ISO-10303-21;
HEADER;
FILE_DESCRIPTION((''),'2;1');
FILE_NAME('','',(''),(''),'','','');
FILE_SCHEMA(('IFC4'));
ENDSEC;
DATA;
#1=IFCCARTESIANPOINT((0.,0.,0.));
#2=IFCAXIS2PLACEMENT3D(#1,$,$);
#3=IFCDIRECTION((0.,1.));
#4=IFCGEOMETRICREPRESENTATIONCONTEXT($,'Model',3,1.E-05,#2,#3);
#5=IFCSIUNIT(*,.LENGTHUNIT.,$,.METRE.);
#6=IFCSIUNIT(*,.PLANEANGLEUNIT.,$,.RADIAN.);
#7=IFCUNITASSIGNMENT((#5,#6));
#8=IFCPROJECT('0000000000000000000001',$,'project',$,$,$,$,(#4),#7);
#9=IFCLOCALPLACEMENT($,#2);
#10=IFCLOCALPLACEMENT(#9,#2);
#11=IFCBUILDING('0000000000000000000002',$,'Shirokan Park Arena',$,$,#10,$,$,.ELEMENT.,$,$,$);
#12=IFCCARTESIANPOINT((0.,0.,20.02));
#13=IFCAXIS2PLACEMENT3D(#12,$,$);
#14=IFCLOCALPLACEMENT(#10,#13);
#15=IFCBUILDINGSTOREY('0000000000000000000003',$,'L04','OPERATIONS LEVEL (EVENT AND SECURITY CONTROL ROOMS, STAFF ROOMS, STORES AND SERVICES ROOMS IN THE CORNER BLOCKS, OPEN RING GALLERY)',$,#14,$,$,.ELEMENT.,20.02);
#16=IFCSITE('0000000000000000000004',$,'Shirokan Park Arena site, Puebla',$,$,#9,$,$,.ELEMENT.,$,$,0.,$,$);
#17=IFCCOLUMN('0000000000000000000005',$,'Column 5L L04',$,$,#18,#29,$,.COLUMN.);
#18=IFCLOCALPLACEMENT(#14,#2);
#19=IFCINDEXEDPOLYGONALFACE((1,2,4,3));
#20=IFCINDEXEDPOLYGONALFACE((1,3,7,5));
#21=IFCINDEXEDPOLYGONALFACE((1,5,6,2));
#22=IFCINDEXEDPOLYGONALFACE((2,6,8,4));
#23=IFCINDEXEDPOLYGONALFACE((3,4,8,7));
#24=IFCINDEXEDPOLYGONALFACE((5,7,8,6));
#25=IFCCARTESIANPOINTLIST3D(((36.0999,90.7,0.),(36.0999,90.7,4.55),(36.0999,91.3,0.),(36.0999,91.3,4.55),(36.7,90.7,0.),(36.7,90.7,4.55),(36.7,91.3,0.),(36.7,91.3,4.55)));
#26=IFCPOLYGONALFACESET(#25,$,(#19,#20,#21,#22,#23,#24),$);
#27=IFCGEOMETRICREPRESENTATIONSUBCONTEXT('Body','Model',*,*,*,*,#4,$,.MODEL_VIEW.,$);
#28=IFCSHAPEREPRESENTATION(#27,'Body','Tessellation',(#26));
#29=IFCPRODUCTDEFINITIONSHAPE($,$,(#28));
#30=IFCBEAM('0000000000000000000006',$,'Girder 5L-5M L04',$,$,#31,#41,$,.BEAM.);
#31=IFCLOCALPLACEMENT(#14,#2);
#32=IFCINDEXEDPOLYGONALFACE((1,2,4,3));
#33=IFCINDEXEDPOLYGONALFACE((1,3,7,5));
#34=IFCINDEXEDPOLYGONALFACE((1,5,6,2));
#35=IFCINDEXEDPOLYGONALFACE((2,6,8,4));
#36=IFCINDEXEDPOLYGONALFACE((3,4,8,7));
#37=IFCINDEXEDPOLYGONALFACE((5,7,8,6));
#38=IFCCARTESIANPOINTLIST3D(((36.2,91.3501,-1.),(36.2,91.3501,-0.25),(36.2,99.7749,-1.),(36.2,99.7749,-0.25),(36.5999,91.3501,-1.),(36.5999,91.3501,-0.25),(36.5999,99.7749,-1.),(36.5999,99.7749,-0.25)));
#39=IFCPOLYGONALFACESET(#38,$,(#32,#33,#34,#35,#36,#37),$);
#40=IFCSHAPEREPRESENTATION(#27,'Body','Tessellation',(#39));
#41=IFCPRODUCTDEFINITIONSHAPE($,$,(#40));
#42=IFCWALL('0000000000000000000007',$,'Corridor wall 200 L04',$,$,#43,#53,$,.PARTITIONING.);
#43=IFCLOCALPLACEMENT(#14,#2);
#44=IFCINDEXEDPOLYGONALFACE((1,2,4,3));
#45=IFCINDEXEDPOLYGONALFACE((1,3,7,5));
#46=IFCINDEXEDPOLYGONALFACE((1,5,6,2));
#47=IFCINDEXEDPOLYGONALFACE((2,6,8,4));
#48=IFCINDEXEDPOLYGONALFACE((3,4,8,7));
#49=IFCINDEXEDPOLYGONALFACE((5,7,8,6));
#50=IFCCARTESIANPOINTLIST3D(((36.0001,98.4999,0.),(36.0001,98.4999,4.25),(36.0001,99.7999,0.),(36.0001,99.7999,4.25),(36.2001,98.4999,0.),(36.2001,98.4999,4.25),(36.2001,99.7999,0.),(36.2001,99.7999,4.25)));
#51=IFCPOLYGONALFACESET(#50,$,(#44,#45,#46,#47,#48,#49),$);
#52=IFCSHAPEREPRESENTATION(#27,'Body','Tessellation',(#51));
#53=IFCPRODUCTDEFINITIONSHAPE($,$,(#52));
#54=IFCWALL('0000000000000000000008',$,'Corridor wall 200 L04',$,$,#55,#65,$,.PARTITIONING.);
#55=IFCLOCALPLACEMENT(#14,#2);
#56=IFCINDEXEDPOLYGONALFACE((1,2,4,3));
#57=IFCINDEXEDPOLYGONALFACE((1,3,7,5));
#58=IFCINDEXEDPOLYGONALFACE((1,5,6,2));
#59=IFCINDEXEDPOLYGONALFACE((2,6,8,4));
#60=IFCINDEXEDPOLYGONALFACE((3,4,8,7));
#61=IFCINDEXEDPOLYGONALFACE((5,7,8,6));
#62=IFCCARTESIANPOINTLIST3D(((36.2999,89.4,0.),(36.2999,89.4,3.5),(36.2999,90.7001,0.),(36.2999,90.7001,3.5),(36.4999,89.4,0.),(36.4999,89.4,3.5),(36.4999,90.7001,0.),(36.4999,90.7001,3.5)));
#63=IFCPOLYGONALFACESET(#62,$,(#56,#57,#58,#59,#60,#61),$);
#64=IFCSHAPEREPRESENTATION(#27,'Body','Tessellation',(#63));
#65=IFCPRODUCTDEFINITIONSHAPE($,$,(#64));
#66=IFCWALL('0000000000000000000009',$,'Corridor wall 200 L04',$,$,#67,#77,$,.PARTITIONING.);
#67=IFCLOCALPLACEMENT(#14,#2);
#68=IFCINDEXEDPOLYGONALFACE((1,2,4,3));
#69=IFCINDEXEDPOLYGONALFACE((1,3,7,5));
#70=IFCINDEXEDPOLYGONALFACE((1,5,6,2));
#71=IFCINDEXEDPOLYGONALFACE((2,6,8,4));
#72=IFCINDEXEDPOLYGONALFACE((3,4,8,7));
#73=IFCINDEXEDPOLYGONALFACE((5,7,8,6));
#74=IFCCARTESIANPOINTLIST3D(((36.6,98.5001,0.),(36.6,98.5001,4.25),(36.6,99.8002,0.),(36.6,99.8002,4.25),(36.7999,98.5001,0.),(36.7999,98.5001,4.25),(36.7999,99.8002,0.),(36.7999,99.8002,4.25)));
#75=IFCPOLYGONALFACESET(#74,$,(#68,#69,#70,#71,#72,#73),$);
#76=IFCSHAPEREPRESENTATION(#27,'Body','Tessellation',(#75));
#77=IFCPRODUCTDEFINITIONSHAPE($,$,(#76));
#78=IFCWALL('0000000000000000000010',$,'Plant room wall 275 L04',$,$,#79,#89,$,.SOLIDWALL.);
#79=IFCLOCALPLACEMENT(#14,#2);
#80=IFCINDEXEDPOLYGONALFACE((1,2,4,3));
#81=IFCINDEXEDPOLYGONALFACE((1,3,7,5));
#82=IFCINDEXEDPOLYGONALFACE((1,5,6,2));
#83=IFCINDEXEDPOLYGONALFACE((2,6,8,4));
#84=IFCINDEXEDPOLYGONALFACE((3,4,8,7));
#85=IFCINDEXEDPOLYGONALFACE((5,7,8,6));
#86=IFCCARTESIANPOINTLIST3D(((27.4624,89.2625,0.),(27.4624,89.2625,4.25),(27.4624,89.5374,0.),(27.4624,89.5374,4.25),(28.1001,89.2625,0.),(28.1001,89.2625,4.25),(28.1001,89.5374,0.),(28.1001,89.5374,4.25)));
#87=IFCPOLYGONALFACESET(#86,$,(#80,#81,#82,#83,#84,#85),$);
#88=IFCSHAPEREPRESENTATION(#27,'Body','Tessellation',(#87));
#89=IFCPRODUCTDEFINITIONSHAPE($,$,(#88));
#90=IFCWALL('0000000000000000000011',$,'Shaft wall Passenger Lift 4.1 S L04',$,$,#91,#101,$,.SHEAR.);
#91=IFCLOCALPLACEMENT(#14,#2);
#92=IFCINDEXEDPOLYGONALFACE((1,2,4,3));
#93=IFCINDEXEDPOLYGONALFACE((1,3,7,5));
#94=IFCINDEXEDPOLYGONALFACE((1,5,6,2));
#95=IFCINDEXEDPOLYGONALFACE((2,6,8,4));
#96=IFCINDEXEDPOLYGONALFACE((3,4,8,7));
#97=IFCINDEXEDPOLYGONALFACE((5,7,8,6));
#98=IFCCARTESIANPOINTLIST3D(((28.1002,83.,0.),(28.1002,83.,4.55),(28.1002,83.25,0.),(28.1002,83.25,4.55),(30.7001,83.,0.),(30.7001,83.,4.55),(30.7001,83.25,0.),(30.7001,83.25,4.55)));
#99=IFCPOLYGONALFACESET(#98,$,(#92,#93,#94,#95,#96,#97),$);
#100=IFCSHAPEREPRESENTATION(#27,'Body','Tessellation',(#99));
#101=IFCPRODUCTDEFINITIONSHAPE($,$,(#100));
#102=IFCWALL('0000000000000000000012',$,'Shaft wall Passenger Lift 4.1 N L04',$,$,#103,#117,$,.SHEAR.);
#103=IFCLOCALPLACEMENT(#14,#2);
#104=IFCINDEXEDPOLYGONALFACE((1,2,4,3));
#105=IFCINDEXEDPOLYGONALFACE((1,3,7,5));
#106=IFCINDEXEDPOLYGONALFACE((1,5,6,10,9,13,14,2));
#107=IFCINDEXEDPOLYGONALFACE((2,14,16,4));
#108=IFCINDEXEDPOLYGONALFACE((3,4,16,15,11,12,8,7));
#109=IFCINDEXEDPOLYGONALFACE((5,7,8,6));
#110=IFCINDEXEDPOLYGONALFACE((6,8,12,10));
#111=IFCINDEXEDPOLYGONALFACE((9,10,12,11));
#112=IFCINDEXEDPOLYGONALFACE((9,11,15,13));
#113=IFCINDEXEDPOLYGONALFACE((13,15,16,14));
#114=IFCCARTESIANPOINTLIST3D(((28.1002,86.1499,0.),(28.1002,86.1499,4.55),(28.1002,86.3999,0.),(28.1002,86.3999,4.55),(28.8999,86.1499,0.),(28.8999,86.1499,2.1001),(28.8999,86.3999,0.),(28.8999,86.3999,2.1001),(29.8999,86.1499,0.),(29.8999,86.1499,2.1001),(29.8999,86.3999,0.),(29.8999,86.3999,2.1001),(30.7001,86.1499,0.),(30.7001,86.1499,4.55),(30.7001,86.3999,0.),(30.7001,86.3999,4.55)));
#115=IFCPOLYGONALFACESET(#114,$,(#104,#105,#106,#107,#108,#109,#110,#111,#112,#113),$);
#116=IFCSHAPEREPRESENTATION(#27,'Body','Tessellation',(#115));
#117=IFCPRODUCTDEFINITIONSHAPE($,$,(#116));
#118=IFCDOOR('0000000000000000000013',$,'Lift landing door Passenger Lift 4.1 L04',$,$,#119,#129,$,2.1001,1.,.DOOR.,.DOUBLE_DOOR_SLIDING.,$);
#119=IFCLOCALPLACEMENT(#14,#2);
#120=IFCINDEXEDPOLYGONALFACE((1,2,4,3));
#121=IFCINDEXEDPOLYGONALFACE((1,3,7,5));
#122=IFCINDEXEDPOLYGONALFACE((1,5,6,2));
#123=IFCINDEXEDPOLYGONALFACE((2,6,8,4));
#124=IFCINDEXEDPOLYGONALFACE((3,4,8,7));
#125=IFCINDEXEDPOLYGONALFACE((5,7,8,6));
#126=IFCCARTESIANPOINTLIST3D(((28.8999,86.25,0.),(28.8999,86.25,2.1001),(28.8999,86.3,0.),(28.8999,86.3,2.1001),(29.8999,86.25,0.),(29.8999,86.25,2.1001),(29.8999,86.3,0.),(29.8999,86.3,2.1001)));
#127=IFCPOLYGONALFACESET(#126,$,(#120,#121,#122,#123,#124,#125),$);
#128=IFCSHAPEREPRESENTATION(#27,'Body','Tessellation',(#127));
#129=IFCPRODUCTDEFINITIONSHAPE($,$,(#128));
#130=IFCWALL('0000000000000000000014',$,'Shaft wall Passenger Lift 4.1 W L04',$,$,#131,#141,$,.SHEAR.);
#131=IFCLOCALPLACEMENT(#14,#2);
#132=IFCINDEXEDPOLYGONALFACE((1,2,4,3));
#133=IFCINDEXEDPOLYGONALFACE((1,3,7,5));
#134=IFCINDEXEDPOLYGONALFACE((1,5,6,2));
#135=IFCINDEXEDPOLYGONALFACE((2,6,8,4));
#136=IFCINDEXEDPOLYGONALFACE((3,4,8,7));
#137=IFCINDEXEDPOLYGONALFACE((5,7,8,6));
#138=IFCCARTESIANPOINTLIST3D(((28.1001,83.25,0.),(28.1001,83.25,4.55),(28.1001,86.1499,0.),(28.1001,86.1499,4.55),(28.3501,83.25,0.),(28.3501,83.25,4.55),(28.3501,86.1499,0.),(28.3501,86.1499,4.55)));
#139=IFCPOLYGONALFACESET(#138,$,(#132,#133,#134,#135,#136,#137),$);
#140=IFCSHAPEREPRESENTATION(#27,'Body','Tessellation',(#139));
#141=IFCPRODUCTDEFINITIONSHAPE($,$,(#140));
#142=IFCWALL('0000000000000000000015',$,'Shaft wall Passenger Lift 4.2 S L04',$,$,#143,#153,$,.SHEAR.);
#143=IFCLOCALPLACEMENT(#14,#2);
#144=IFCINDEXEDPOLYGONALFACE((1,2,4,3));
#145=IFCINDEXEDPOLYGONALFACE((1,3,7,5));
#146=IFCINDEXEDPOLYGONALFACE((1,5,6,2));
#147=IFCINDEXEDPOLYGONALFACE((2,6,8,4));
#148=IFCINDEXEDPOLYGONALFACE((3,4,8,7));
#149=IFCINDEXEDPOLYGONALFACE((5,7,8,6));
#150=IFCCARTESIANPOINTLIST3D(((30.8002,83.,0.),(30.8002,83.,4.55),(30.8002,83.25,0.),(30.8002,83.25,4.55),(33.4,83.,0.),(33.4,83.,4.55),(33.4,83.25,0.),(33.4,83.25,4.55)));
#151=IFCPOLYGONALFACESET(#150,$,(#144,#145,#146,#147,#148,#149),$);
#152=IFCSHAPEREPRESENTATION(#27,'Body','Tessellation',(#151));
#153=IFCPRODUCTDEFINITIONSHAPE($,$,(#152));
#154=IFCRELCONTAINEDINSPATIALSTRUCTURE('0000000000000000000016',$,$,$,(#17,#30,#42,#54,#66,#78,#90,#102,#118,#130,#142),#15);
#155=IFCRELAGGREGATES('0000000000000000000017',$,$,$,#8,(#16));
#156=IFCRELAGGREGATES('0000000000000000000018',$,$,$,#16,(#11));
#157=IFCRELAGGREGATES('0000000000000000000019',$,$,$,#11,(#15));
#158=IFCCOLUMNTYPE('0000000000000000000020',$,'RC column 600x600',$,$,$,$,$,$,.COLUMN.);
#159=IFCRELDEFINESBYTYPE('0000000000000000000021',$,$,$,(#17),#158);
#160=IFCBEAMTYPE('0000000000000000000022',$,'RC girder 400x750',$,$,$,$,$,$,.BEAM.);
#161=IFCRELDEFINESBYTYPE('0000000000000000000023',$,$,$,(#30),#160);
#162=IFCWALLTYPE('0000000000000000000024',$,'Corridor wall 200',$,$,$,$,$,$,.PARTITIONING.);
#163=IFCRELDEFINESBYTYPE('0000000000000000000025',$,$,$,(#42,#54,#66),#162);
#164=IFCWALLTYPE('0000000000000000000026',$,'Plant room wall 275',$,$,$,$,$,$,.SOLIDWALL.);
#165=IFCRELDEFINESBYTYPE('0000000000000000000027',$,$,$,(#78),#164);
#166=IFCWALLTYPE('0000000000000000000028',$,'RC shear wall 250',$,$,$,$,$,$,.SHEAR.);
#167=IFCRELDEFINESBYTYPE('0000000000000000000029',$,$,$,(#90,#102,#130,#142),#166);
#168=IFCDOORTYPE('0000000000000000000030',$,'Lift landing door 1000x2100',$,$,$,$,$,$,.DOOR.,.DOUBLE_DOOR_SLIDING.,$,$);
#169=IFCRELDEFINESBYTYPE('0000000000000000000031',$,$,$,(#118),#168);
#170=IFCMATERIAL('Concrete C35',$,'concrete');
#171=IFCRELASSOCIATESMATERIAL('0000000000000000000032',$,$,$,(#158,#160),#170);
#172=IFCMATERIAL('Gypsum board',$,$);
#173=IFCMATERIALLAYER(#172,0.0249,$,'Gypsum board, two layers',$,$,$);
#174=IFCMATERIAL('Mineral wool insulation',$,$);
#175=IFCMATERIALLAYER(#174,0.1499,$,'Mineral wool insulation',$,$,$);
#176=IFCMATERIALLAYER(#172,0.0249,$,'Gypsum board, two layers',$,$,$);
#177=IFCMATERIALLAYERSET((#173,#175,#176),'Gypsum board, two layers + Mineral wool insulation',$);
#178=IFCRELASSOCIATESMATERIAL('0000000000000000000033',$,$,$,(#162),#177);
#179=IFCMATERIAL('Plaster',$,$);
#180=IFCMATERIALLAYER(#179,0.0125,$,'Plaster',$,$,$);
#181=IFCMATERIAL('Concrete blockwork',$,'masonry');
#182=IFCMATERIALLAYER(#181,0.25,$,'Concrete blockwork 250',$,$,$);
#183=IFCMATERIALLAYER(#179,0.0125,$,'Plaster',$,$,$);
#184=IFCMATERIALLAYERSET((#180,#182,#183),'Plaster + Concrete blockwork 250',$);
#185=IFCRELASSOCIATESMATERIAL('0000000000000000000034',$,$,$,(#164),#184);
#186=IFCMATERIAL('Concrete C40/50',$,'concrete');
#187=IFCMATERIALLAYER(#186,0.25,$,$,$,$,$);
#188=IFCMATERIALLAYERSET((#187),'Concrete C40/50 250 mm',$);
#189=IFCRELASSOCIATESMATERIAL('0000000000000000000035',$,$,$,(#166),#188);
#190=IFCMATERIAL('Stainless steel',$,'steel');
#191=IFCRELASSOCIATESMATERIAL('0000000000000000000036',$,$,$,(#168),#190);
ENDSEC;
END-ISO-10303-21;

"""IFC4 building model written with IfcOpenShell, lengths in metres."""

from ifc_helpers import new_model, si_unit, direction, frame, frame_2d, origin, origin_2d, place, context, subcontext, project, spatial, rectangle, extrude, material, layer, layer_set, material_profile, profile_set, type_object, element, fill, save


model = new_model("IFC4")

# Units and contexts
model_context = context("Model", 3, precision=1e-05, world=origin(), true_north=direction((0.0, 1.0)))
body_context = subcontext(model_context, "Body", "Model", "MODEL_VIEW")
ifc_project = project(units=[si_unit("LENGTHUNIT", "METRE"), si_unit("PLANEANGLEUNIT", "RADIAN")], contexts=[model_context])

# Site, building, storey
site_placement = place(None, origin())
site = spatial("IfcSite", under=ifc_project, at=site_placement, Name="Shirokan Park Arena site, Puebla", CompositionType="ELEMENT", RefElevation=0.0)
building_placement = place(site_placement, origin())
building = spatial("IfcBuilding", under=site, at=building_placement, Name="Shirokan Park Arena", CompositionType="ELEMENT")
storey_placement = place(building_placement, frame((0.0, 0.0, 20.02)))
storey = spatial("IfcBuildingStorey", under=building, at=storey_placement, Name="L04", Description="OPERATIONS LEVEL (EVENT AND SECURITY CONTROL ROOMS, STAFF ROOMS, STORES AND SERVICES ROOMS IN THE CORNER BLOCKS, OPEN RING GALLERY)", CompositionType="ELEMENT", Elevation=20.02)

# Column
ifc_material_1 = material(Name="Concrete C35", Category="concrete")
ifc_material_profile_1 = material_profile(ifc_material_1, rectangle(XDim=0.6001, YDim=0.6001, at=origin_2d()), Name="600x600")
ifc_profile_set_1 = profile_set([ifc_material_profile_1], Name="Concrete C35")
column_type = type_object("IfcColumnType", Name="RC column 600x600", PredefinedType="COLUMN", material=ifc_profile_set_1)
column_placement = place(storey_placement, frame((36.3999, 91.0, 0.0), z_axis=(0.0, 0.0, 1.0), x_axis=(1.0, 0.0, 0.0)))
element("IfcColumn", 1, at=column_placement, inside=storey, type_object=column_type, Name="Column 5L L04", PredefinedType="COLUMN", context=body_context, shape_type="SweptSolid", body=[
    extrude(rectangle(XDim=0.6001, YDim=0.6001, at=origin_2d()), origin(), (0.0, 0.0, 1.0), 4.55),
])

# Beam
ifc_material_profile_2 = material_profile(ifc_material_1, rectangle(XDim=0.3999, YDim=0.75, at=origin_2d()), Name="400x750")
ifc_profile_set_2 = profile_set([ifc_material_profile_2], Name="Concrete C35")
beam_type = type_object("IfcBeamType", Name="RC girder 400x750", PredefinedType="BEAM", material=ifc_profile_set_2)
beam_placement = place(storey_placement, frame((36.3999, 91.3501, -0.625), z_axis=(0.0, 1.0, 0.0), x_axis=(-1.0, 0.0, 0.0)))
element("IfcBeam", 2, at=beam_placement, inside=storey, type_object=beam_type, Name="Girder 5L-5M L04", PredefinedType="BEAM", context=body_context, shape_type="SweptSolid", body=[
    extrude(rectangle(XDim=0.3999, YDim=0.75, at=origin_2d()), origin(), (0.0, 0.0, 1.0), 8.4248),
])

# Shared definitions
ifc_material_2 = material(Name="Gypsum board")
ifc_layer_1 = layer(ifc_material_2, 0.0249, Name="Gypsum board, two layers")
ifc_material_3 = material(Name="Mineral wool insulation")
ifc_layer_2 = layer(ifc_material_3, 0.1499, Name="Mineral wool insulation")
ifc_layer_3 = layer(ifc_material_2, 0.0249, Name="Gypsum board, two layers")
ifc_layer_set_1 = layer_set([ifc_layer_1, ifc_layer_2, ifc_layer_3], Name="Gypsum board, two layers + Mineral wool insulation")
wall_type_1 = type_object("IfcWallType", Name="Corridor wall 200", PredefinedType="PARTITIONING", material=ifc_layer_set_1)

# Walls
wall_1_placement = place(storey_placement, frame((36.1001, 98.5, 0.0), z_axis=(0.0, 0.0, 1.0), x_axis=(0.0, 1.0, 0.0)))
element("IfcWall", 3, at=wall_1_placement, inside=storey, type_object=wall_type_1, Name="Corridor wall 200 L04", PredefinedType="PARTITIONING", context=body_context, shape_type="SweptSolid", body=[
    extrude(rectangle(XDim=1.3, YDim=0.2, at=frame_2d((0.6499, 0.0))), origin(), (0.0, 0.0, 1.0), 4.25),
])
wall_2_placement = place(storey_placement, frame((36.3999, 90.7, 0.0), z_axis=(0.0, 0.0, 1.0), x_axis=(0.0, -1.0, 0.0)))
element("IfcWall", 4, at=wall_2_placement, inside=storey, type_object=wall_type_1, Name="Corridor wall 200 L04", PredefinedType="PARTITIONING", context=body_context, shape_type="SweptSolid", body=[
    extrude(rectangle(XDim=1.3, YDim=0.2, at=frame_2d((0.6499, 0.0))), origin(), (0.0, 0.0, 1.0), 3.5),
])

# Walls
wall_3_placement = place(storey_placement, frame((36.7, 99.8, 0.0), z_axis=(0.0, 0.0, 1.0), x_axis=(0.0, -1.0, 0.0)))
element("IfcWall", 5, at=wall_3_placement, inside=storey, type_object=wall_type_1, Name="Corridor wall 200 L04", PredefinedType="PARTITIONING", context=body_context, shape_type="SweptSolid", body=[
    extrude(rectangle(XDim=1.3, YDim=0.2, at=frame_2d((0.6499, 0.0))), origin(), (0.0, 0.0, 1.0), 4.25),
])
ifc_material_4 = material(Name="Plaster")
ifc_layer_4 = layer(ifc_material_4, 0.0125, Name="Plaster")
ifc_material_5 = material(Name="Concrete blockwork", Category="masonry")
ifc_layer_5 = layer(ifc_material_5, 0.25, Name="Concrete blockwork 250")
ifc_layer_6 = layer(ifc_material_4, 0.0125, Name="Plaster")
ifc_layer_set_2 = layer_set([ifc_layer_4, ifc_layer_5, ifc_layer_6], Name="Plaster + Concrete blockwork 250")
wall_type_2 = type_object("IfcWallType", Name="Plant room wall 275", PredefinedType="SOLIDWALL", material=ifc_layer_set_2)
wall_4_placement = place(storey_placement, frame((28.1001, 89.3999, 0.0), z_axis=(0.0, 0.0, 1.0), x_axis=(-1.0, 0.0, 0.0)))
element("IfcWall", 6, at=wall_4_placement, inside=storey, type_object=wall_type_2, Name="Plant room wall 275 L04", PredefinedType="SOLIDWALL", context=body_context, shape_type="SweptSolid", body=[
    extrude(rectangle(XDim=0.6377, YDim=0.2749, at=frame_2d((0.3188, 0.0))), origin(), (0.0, 0.0, 1.0), 4.25),
])
ifc_material_6 = material(Name="Concrete C40/50", Category="concrete")
ifc_layer_7 = layer(ifc_material_6, 0.25)
ifc_layer_set_3 = layer_set([ifc_layer_7], Name="Concrete C40/50 250 mm")
wall_type_3 = type_object("IfcWallType", Name="RC shear wall 250", PredefinedType="SHEAR", material=ifc_layer_set_3)
wall_5_placement = place(storey_placement, frame((30.7, 83.125, 0.0), z_axis=(0.0, 0.0, 1.0), x_axis=(-1.0, 0.0, 0.0)))
element("IfcWall", 7, at=wall_5_placement, inside=storey, type_object=wall_type_3, Name="Shaft wall Passenger Lift 4.1 S L04", PredefinedType="SHEAR", context=body_context, shape_type="SweptSolid", body=[
    extrude(rectangle(XDim=2.5999, YDim=0.25, at=frame_2d((1.2998, 0.0))), origin(), (0.0, 0.0, 1.0), 4.55),
])

# Wall, opening, door
wall_6_placement = place(storey_placement, frame((30.7, 86.2749, 0.0), z_axis=(0.0, 0.0, 1.0), x_axis=(-1.0, 0.0, 0.0)))
wall_6 = element("IfcWall", 8, at=wall_6_placement, inside=storey, type_object=wall_type_3, Name="Shaft wall Passenger Lift 4.1 N L04", PredefinedType="SHEAR", context=body_context, shape_type="SweptSolid", body=[
    extrude(rectangle(XDim=2.5999, YDim=0.25, at=frame_2d((1.2998, 0.0))), origin(), (0.0, 0.0, 1.0), 4.55),
])
opening_1_placement = place(wall_6_placement, frame((0.8, 0.0, 0.0)))
opening_1 = element("IfcOpeningElement", 9, at=opening_1_placement, cuts=wall_6, PredefinedType="OPENING", context=body_context, shape_type="SweptSolid", body=[
    extrude(rectangle(XDim=1.0, YDim=2.1001, at=frame_2d((0.5, 1.05))), frame((0.0, 0.135, 0.0), z_axis=(0.0, -1.0, 0.0), x_axis=(1.0, 0.0, 0.0)), (0.0, 0.0, 1.0), 0.27),
])
ifc_material_7 = material(Name="Stainless steel", Category="steel")
door_type_1 = type_object("IfcDoorType", Name="Lift landing door 1000x2100", OperationType="DOUBLE_DOOR_SLIDING", PredefinedType="DOOR", material=ifc_material_7)
door_1_placement = place(opening_1_placement, origin())
door_1 = element("IfcDoor", 10, at=door_1_placement, inside=storey, type_object=door_type_1, Name="Lift landing door Passenger Lift 4.1 L04", OperationType="DOUBLE_DOOR_SLIDING", OverallHeight=2.1001, OverallWidth=1.0, PredefinedType="DOOR", context=body_context, shape_type="SweptSolid", body=[
    extrude(rectangle(XDim=1.0, YDim=2.1001, at=frame_2d((0.5, 1.05))), frame((0.0, 0.0249, 0.0), z_axis=(0.0, -1.0, 0.0), x_axis=(1.0, 0.0, 0.0)), (0.0, 0.0, 1.0), 0.05),
])
fill(opening_1, door_1)

# Walls
wall_7_placement = place(storey_placement, frame((28.2251, 86.1499, 0.0), z_axis=(0.0, 0.0, 1.0), x_axis=(0.0, -1.0, 0.0)))
element("IfcWall", 11, at=wall_7_placement, inside=storey, type_object=wall_type_3, Name="Shaft wall Passenger Lift 4.1 W L04", PredefinedType="SHEAR", context=body_context, shape_type="SweptSolid", body=[
    extrude(rectangle(XDim=2.8999, YDim=0.25, at=frame_2d((1.45, 0.0))), origin(), (0.0, 0.0, 1.0), 4.55),
])
wall_8_placement = place(storey_placement, frame((33.3999, 83.125, 0.0), z_axis=(0.0, 0.0, 1.0), x_axis=(-1.0, 0.0, 0.0)))
element("IfcWall", 12, at=wall_8_placement, inside=storey, type_object=wall_type_3, Name="Shaft wall Passenger Lift 4.2 S L04", PredefinedType="SHEAR", context=body_context, shape_type="SweptSolid", body=[
    extrude(rectangle(XDim=2.5999, YDim=0.25, at=frame_2d((1.2998, 0.0))), origin(), (0.0, 0.0, 1.0), 4.55),
])

save(model, "model.ifc")
